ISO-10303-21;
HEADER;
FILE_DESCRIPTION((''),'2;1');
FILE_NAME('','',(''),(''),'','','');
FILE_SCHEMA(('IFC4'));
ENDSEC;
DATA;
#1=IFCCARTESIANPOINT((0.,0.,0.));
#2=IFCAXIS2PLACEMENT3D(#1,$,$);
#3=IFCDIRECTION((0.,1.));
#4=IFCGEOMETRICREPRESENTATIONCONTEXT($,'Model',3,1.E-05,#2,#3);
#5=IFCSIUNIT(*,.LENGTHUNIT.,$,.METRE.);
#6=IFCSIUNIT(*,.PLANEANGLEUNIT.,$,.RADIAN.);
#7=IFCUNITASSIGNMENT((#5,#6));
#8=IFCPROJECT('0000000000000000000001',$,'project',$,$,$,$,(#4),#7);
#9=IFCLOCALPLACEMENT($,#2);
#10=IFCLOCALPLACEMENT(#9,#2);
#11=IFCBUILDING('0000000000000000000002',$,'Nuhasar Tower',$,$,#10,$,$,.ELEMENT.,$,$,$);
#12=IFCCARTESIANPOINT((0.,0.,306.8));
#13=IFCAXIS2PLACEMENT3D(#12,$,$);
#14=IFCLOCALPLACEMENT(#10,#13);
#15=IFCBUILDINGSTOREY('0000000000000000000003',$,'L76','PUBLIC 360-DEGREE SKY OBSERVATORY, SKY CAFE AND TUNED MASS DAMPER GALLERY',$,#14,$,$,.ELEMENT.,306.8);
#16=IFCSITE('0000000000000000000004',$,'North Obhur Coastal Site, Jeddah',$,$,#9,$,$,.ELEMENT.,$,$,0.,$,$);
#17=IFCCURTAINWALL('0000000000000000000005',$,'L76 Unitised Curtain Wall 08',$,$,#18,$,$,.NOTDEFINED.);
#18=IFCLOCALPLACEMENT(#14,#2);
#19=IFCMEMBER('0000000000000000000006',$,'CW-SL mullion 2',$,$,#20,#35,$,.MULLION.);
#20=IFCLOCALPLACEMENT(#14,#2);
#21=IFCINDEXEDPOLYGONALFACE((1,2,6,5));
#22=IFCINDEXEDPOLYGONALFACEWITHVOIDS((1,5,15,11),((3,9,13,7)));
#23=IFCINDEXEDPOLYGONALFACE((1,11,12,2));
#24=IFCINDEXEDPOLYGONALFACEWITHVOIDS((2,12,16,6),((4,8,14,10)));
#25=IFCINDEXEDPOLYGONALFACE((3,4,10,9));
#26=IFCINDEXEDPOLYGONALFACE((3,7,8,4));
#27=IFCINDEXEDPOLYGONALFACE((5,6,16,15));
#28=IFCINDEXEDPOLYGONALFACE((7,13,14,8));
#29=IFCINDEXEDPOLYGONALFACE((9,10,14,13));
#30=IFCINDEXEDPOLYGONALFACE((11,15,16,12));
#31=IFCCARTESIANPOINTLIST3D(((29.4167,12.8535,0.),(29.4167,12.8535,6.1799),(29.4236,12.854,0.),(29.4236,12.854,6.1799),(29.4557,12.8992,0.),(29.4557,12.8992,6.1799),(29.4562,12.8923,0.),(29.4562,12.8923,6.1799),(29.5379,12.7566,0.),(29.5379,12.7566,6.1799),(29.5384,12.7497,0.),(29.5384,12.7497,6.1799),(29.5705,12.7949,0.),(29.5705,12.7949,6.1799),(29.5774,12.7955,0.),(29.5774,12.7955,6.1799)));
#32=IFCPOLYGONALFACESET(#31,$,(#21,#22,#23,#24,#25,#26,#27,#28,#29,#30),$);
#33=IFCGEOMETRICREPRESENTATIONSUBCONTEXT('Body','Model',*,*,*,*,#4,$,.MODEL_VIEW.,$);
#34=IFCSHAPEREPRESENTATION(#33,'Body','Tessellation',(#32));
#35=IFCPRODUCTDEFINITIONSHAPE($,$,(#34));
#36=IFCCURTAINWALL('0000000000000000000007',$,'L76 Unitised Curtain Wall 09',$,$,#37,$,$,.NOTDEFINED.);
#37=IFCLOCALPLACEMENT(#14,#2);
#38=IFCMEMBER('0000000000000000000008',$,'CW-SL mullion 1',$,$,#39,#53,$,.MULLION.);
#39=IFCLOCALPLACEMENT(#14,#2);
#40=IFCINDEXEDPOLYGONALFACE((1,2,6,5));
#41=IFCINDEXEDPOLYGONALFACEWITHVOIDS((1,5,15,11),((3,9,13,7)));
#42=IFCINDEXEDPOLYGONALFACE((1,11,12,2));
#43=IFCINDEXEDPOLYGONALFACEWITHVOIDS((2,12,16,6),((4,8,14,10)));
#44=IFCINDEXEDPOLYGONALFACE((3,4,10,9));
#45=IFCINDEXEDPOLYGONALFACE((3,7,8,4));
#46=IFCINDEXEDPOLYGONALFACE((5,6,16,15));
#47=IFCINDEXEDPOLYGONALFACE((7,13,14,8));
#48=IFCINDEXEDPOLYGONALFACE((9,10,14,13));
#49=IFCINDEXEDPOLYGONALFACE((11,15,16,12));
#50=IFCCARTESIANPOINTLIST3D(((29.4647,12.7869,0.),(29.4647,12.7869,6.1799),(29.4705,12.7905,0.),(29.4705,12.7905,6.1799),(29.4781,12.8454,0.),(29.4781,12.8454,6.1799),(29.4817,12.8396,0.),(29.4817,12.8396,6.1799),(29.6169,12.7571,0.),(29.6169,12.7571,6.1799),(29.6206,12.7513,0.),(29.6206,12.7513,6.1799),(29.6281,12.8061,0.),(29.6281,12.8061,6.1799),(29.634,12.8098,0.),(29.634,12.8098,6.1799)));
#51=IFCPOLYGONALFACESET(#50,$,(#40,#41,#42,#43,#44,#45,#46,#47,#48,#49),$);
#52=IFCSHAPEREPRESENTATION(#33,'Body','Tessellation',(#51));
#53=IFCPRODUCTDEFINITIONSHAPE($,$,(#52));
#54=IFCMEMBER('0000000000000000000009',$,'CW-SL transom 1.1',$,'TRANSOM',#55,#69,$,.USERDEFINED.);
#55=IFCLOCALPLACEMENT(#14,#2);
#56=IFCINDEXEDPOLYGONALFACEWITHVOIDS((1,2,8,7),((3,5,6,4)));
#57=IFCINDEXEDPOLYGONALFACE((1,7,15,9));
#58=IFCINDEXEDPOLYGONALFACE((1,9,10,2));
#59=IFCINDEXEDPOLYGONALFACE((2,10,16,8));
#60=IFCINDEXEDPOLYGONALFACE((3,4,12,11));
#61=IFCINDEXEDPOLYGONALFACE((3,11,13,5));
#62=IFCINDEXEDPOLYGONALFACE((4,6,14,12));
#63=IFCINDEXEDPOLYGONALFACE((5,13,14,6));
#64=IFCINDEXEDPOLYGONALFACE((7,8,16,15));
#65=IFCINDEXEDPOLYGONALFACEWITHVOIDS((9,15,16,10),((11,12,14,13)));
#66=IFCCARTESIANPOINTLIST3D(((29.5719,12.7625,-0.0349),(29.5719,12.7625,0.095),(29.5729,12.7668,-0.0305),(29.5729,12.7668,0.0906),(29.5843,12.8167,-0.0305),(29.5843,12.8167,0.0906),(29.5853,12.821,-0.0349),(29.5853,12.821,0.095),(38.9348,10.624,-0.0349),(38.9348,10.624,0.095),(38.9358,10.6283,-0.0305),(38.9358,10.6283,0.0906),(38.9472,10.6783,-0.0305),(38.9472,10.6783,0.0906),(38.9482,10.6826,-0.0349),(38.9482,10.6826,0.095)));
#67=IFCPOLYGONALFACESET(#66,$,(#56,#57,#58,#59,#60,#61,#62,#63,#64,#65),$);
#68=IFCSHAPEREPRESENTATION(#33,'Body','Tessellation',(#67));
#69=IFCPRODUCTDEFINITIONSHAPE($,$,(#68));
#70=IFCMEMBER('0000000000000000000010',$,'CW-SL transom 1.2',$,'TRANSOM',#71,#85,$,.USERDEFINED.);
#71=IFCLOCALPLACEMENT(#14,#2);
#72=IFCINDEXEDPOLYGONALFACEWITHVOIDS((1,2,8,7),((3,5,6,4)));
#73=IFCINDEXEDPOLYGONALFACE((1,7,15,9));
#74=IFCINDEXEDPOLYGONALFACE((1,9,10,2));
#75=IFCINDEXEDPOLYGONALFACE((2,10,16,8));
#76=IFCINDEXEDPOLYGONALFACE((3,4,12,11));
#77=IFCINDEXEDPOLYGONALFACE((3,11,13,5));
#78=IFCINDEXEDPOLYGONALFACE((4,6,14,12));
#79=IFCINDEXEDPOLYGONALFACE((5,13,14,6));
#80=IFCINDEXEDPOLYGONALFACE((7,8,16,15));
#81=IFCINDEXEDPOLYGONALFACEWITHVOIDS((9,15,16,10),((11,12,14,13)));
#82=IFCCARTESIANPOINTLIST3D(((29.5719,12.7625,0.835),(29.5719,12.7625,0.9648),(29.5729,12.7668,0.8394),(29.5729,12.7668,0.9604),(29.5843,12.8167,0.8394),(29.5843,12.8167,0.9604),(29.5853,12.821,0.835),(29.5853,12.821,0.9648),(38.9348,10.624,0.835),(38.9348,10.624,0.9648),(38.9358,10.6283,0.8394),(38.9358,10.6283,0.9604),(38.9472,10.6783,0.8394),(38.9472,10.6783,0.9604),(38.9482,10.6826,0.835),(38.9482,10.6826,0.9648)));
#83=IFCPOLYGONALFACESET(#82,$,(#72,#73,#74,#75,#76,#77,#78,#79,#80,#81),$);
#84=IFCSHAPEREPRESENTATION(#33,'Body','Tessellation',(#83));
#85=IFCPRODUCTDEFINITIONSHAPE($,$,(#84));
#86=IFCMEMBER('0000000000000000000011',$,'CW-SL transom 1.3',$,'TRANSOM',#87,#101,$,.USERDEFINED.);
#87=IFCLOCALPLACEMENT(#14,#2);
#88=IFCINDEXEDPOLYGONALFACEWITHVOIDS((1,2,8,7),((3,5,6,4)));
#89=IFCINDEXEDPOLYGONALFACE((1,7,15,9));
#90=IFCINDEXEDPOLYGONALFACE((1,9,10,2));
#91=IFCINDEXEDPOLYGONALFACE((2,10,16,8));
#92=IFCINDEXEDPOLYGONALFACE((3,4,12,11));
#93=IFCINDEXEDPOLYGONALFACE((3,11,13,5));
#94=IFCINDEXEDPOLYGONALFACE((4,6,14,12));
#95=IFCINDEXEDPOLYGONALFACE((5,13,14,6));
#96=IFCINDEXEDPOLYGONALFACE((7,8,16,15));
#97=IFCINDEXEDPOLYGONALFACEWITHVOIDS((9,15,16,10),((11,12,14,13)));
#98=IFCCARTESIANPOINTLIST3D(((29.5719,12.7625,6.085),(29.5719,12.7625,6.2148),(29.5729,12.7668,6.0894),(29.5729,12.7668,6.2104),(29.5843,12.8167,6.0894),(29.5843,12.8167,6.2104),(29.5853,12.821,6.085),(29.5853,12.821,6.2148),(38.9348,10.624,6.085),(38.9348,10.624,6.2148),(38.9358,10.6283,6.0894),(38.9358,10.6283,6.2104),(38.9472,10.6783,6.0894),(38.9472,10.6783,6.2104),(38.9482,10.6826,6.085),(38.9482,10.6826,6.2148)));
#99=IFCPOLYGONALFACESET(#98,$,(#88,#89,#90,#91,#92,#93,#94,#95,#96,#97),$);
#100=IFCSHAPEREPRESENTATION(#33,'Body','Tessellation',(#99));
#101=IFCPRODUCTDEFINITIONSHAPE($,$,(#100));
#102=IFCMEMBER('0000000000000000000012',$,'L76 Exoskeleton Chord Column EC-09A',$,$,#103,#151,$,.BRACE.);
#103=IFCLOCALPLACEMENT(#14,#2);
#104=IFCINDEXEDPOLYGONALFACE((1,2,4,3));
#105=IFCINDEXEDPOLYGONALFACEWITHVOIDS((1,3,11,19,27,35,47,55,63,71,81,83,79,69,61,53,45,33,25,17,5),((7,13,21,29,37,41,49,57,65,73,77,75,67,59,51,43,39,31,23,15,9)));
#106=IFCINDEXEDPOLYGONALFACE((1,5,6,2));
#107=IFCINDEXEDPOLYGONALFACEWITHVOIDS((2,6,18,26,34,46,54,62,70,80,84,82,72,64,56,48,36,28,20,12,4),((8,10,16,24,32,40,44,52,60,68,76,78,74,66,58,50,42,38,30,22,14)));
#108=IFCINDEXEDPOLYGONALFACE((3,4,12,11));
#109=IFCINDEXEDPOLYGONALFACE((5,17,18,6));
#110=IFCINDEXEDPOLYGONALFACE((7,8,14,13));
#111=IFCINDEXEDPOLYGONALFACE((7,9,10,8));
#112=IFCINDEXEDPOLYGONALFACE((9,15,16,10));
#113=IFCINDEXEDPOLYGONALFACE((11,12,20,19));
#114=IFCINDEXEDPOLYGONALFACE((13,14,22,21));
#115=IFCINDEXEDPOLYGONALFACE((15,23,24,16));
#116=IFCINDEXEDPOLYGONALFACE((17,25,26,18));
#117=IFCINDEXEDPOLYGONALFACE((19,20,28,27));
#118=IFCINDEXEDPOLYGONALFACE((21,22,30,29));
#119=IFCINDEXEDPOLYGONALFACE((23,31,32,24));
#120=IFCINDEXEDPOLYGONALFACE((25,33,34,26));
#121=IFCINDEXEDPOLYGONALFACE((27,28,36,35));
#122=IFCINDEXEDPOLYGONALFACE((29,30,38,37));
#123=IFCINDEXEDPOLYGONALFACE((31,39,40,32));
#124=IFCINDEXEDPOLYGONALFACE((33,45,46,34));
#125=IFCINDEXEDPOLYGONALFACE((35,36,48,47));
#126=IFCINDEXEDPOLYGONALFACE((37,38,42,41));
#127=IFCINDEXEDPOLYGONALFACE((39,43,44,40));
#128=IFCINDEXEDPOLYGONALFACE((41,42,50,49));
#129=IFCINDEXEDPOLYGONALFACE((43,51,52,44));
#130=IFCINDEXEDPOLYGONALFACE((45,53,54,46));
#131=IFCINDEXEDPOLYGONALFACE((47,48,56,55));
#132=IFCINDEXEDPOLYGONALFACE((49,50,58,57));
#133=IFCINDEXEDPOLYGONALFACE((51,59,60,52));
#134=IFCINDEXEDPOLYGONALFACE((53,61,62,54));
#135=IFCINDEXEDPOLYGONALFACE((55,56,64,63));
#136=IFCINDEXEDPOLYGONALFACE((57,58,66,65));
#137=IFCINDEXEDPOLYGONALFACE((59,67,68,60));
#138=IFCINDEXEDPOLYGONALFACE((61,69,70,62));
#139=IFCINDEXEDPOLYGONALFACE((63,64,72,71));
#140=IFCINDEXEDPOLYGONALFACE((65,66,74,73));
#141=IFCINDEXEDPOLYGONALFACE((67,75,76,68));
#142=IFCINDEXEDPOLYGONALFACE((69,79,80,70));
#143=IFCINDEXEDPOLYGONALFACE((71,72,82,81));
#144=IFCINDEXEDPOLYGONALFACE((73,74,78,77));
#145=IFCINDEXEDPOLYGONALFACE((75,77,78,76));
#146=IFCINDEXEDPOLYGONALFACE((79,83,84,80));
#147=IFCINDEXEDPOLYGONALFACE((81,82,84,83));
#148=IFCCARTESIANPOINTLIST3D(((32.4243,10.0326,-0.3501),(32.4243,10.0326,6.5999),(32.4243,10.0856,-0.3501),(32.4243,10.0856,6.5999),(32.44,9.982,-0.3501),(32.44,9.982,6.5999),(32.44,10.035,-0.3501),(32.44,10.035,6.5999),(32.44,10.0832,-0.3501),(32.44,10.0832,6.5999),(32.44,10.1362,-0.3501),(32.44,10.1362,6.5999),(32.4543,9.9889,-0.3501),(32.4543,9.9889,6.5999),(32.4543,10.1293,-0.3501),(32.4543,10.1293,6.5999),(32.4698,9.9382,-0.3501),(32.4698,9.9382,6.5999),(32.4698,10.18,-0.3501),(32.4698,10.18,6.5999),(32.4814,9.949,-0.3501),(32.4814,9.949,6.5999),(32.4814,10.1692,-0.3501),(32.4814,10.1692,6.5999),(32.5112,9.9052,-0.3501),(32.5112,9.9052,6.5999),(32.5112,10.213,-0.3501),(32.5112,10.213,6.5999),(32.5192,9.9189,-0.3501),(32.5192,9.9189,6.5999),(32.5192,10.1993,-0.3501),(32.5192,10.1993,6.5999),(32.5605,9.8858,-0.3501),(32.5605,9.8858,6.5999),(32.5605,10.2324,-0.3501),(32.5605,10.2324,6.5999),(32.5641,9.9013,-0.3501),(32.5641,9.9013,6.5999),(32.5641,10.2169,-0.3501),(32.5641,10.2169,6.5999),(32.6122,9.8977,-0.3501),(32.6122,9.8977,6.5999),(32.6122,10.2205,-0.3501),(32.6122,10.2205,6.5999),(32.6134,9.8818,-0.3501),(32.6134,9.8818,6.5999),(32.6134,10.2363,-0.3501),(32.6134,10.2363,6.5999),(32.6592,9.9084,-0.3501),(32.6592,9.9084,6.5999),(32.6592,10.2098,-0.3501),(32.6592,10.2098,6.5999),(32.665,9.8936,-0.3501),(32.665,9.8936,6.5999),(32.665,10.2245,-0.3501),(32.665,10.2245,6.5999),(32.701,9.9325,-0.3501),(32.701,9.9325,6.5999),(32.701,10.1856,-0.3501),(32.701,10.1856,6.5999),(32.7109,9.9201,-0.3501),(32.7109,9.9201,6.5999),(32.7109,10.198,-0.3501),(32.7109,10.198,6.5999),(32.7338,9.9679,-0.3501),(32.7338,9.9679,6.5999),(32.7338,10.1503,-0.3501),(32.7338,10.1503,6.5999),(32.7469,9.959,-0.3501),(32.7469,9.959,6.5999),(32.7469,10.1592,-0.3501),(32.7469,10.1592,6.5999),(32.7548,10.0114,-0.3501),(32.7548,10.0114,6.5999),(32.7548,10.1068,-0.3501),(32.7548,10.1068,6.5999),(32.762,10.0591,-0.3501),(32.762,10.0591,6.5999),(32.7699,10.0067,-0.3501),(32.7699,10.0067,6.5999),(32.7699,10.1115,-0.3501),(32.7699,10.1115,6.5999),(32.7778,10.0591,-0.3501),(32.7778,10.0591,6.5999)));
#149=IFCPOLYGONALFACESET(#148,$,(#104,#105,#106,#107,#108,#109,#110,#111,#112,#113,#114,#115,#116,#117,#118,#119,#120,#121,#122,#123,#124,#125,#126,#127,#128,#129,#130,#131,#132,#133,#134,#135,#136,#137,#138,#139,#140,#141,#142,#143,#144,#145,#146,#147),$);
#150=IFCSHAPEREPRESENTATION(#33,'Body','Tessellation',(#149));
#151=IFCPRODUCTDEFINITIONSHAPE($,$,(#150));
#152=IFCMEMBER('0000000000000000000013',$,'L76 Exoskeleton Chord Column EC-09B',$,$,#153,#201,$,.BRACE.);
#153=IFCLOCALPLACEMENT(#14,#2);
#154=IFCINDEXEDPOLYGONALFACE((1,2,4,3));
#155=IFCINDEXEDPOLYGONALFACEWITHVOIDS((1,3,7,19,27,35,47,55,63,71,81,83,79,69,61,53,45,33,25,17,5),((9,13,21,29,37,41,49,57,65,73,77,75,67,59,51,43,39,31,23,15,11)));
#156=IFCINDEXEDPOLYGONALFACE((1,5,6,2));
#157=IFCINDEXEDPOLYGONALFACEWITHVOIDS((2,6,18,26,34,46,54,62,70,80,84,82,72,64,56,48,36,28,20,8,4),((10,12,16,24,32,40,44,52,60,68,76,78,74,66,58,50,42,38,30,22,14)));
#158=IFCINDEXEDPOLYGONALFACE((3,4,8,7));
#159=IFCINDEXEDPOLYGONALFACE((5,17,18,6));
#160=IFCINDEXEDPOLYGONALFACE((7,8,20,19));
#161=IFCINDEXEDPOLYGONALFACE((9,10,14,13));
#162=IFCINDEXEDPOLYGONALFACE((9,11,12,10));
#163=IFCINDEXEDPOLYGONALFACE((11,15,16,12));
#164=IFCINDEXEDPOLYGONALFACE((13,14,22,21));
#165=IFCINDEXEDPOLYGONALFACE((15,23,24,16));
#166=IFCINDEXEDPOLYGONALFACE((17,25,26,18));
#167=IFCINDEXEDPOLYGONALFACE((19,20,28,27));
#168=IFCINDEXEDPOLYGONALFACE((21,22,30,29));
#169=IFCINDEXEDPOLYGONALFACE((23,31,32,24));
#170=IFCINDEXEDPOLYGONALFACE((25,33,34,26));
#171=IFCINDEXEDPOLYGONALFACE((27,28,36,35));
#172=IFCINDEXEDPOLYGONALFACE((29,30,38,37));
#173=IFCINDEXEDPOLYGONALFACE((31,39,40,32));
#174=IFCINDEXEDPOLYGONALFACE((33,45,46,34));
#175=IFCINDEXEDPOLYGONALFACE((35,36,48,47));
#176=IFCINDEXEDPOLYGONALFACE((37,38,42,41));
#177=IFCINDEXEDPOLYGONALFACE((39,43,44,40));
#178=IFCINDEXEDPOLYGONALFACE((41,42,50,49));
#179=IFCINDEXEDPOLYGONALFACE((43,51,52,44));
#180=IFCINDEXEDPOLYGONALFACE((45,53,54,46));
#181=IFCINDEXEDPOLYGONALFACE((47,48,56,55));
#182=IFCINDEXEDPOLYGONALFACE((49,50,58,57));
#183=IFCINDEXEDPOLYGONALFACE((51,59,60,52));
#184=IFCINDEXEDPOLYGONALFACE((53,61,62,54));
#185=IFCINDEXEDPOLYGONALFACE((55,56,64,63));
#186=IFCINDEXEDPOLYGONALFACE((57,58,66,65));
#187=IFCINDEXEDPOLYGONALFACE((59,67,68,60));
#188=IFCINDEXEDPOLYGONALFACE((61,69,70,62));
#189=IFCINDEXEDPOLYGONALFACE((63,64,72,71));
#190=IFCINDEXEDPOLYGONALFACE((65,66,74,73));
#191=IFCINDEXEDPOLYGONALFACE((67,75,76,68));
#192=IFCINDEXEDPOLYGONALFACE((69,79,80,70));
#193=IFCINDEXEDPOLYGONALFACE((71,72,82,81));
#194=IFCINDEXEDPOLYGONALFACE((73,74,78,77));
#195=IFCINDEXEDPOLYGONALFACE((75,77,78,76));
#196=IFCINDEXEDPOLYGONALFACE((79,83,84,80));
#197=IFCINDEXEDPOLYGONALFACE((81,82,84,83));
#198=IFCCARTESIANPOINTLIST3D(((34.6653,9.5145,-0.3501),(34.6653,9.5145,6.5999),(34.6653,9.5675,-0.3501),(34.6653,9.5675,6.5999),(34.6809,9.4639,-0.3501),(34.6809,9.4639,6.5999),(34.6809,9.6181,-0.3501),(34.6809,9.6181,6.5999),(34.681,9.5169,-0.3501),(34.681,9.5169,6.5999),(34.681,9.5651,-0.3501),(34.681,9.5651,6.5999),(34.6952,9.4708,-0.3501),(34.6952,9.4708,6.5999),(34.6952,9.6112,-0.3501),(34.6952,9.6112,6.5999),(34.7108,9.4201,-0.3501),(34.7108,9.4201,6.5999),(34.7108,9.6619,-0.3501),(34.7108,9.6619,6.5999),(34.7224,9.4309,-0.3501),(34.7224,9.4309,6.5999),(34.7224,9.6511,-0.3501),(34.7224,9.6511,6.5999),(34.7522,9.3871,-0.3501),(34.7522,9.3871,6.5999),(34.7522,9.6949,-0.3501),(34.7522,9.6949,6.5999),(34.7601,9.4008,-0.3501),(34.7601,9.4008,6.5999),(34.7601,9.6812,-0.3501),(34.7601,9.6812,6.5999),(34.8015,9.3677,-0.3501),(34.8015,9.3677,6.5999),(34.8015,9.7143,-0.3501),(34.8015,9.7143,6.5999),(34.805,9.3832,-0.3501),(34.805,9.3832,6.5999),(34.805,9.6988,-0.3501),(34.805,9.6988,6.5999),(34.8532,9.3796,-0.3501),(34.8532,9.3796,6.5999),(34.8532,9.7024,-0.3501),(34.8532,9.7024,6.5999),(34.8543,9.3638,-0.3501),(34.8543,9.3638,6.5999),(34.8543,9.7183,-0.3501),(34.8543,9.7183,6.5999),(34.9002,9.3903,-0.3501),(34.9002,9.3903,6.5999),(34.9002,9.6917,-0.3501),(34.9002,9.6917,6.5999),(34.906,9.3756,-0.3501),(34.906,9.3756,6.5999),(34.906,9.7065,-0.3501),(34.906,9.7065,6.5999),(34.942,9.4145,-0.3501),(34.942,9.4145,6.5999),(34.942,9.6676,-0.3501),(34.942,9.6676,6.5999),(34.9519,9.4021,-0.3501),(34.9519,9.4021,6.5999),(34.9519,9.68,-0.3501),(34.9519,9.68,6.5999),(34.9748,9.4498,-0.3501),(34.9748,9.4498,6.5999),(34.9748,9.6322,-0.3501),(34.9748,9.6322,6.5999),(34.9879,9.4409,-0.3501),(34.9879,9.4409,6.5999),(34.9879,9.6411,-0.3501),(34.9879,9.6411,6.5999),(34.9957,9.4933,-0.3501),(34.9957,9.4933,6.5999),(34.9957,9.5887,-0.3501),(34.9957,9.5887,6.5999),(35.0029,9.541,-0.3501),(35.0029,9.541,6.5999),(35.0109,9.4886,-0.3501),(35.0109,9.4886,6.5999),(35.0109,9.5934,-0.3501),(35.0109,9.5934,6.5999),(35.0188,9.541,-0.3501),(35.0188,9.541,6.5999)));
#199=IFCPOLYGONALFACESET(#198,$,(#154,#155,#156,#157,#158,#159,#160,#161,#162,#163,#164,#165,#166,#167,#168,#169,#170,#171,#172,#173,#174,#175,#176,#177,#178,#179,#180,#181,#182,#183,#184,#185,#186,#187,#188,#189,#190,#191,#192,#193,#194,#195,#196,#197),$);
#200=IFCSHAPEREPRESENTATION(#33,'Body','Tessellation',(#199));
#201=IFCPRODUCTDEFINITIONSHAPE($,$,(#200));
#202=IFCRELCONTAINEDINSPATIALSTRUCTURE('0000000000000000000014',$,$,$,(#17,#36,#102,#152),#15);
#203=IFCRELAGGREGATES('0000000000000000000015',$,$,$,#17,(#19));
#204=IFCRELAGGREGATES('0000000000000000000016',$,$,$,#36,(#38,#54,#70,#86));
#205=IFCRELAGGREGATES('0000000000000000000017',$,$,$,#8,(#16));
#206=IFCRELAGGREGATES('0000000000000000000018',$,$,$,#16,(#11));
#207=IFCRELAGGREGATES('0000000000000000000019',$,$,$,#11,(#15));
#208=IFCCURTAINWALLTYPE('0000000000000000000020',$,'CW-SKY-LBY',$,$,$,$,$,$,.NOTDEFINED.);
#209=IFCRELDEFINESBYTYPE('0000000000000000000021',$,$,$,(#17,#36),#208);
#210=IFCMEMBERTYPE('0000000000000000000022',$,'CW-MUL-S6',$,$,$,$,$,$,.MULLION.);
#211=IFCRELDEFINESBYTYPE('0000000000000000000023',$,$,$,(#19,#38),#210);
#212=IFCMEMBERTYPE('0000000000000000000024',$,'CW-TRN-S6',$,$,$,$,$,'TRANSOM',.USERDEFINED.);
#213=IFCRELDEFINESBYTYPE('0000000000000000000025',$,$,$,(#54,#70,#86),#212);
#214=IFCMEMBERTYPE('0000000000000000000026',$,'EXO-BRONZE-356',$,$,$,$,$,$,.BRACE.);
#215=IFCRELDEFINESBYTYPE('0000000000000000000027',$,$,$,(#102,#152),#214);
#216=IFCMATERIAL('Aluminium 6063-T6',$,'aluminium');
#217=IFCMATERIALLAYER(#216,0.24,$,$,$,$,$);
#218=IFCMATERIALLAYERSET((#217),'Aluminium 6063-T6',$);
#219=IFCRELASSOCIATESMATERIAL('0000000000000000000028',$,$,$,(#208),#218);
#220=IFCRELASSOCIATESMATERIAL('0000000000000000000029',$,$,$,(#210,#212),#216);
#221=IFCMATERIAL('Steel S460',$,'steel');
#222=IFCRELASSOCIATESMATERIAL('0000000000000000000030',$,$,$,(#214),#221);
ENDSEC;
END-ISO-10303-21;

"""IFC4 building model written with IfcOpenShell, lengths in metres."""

from ifc_helpers import new_model, si_unit, direction, frame, origin, origin_2d, place, context, subcontext, project, spatial, hollow_rectangle, hollow_circle, extrude, material, layer, layer_set, material_profile, profile_set, type_object, element, aggregate, save


model = new_model("IFC4")

# Units and contexts
model_context = context("Model", 3, precision=1e-05, world=origin(), true_north=direction((0.0, 1.0)))
body_context = subcontext(model_context, "Body", "Model", "MODEL_VIEW")
ifc_project = project(units=[si_unit("LENGTHUNIT", "METRE"), si_unit("PLANEANGLEUNIT", "RADIAN")], contexts=[model_context])

# Site, building, storey
site_placement = place(None, origin())
site = spatial("IfcSite", under=ifc_project, at=site_placement, Name="North Obhur Coastal Site, Jeddah", CompositionType="ELEMENT", RefElevation=0.0)
building_placement = place(site_placement, origin())
building = spatial("IfcBuilding", under=site, at=building_placement, Name="Nuhasar Tower", CompositionType="ELEMENT")
storey_placement = place(building_placement, frame((0.0, 0.0, 306.8)))
storey = spatial("IfcBuildingStorey", under=building, at=storey_placement, Name="L76", Description="PUBLIC 360-DEGREE SKY OBSERVATORY, SKY CAFE AND TUNED MASS DAMPER GALLERY", CompositionType="ELEMENT", Elevation=306.8)

# Shared definitions
ifc_material_1 = material(Name="Steel S460", Category="steel")

# Curtain wall, member
ifc_material_2 = material(Name="Aluminium 6063-T6", Category="aluminium")
ifc_layer_1 = layer(ifc_material_2, 0.24)
ifc_layer_set_1 = layer_set([ifc_layer_1], Name="Aluminium 6063-T6")
curtain_wall_type = type_object("IfcCurtainWallType", Name="CW-SKY-LBY", PredefinedType="NOTDEFINED", material=ifc_layer_set_1)
curtain_wall_1_placement = place(storey_placement, origin())
curtain_wall_1 = element("IfcCurtainWall", 1, at=curtain_wall_1_placement, inside=storey, type_object=curtain_wall_type, Name="L76 Unitised Curtain Wall 08", PredefinedType="NOTDEFINED")
ifc_material_profile_1 = material_profile(ifc_material_2, hollow_rectangle(XDim=0.0601, YDim=0.1599, WallThickness=0.0049, at=origin_2d()), Name="CWM-6")
ifc_profile_set_1 = profile_set([ifc_material_profile_1], Name="Aluminium 6063-T6")
member_type_1 = type_object("IfcMemberType", Name="CW-MUL-S6", PredefinedType="MULLION", material=ifc_profile_set_1)
member_1_placement = place(storey_placement, frame((29.4971, 12.8245, 0.0), z_axis=(0.0, 0.0, 1.0), x_axis=(0.648666, 0.761073, 0.0)))
member_1 = element("IfcMember", 2, at=member_1_placement, type_object=member_type_1, Name="CW-SL mullion 2", PredefinedType="MULLION", context=body_context, shape_type="SweptSolid", body=[
    extrude(hollow_rectangle(XDim=0.0601, YDim=0.1599, WallThickness=0.0049, at=origin_2d()), origin(), (0.0, 0.0, 1.0), 6.1799),
])
aggregate(curtain_wall_1, [member_1])

# Curtain wall, members
curtain_wall_2_placement = place(storey_placement, origin())
curtain_wall_2 = element("IfcCurtainWall", 3, at=curtain_wall_2_placement, inside=storey, type_object=curtain_wall_type, Name="L76 Unitised Curtain Wall 09", PredefinedType="NOTDEFINED")
member_2_placement = place(storey_placement, frame((29.5493, 12.7983, 0.0), z_axis=(0.0, 0.0, 1.0), x_axis=(0.222643, 0.9749, 0.0)))
member_2 = element("IfcMember", 4, at=member_2_placement, type_object=member_type_1, Name="CW-SL mullion 1", PredefinedType="MULLION", context=body_context, shape_type="SweptSolid", body=[
    extrude(hollow_rectangle(XDim=0.0601, YDim=0.1599, WallThickness=0.0049, at=origin_2d()), origin(), (0.0, 0.0, 1.0), 6.1799),
])
ifc_material_profile_2 = material_profile(ifc_material_2, hollow_rectangle(XDim=0.0601, YDim=0.1299, WallThickness=0.0044, at=origin_2d()), Name="CWT-6")
ifc_profile_set_2 = profile_set([ifc_material_profile_2], Name="Aluminium 6063-T6")
member_type_2 = type_object("IfcMemberType", Name="CW-TRN-S6", ElementType="TRANSOM", PredefinedType="USERDEFINED", material=ifc_profile_set_2)
member_3_placement = place(storey_placement, frame((29.5786, 12.7917, 0.03), z_axis=(0.974896, -0.222663, 0.0), x_axis=(0.222663, 0.974896, 0.0)))
member_3 = element("IfcMember", 5, at=member_3_placement, type_object=member_type_2, Name="CW-SL transom 1.1", ObjectType="TRANSOM", PredefinedType="USERDEFINED", context=body_context, shape_type="SweptSolid", body=[
    extrude(hollow_rectangle(XDim=0.0601, YDim=0.1299, WallThickness=0.0044, at=origin_2d()), origin(), (0.0, 0.0, 1.0), 9.604),
])
member_4_placement = place(storey_placement, frame((29.5786, 12.7917, 0.8999), z_axis=(0.974896, -0.222663, 0.0), x_axis=(0.222663, 0.974896, 0.0)))
member_4 = element("IfcMember", 6, at=member_4_placement, type_object=member_type_2, Name="CW-SL transom 1.2", ObjectType="TRANSOM", PredefinedType="USERDEFINED", context=body_context, shape_type="SweptSolid", body=[
    extrude(hollow_rectangle(XDim=0.0601, YDim=0.1299, WallThickness=0.0044, at=origin_2d()), origin(), (0.0, 0.0, 1.0), 9.604),
])
member_5_placement = place(storey_placement, frame((29.5786, 12.7917, 6.1499), z_axis=(0.974896, -0.222663, 0.0), x_axis=(0.222663, 0.974896, 0.0)))
member_5 = element("IfcMember", 7, at=member_5_placement, type_object=member_type_2, Name="CW-SL transom 1.3", ObjectType="TRANSOM", PredefinedType="USERDEFINED", context=body_context, shape_type="SweptSolid", body=[
    extrude(hollow_rectangle(XDim=0.0601, YDim=0.1299, WallThickness=0.0044, at=origin_2d()), origin(), (0.0, 0.0, 1.0), 9.604),
])

# Members
ifc_material_profile_3 = material_profile(ifc_material_1, hollow_circle(Radius=0.1777, WallThickness=0.0159, at=origin_2d()), Name="HSS355.6X15.9")
ifc_profile_set_3 = profile_set([ifc_material_profile_3], Name="Steel S460")
member_type_3 = type_object("IfcMemberType", Name="EXO-BRONZE-356", PredefinedType="BRACE", material=ifc_profile_set_3)
for number, where, z_axis, x_axis, name in (
    (8, (32.6001, 10.0591, -0.3501), (0.0, 0.0, 1.0), (1.0, 0.0, 0.0), "L76 Exoskeleton Chord Column EC-09A"),
    (9, (34.8411, 9.541, -0.3501), (0.0, 0.0, 1.0), (1.0, 0.0, 0.0), "L76 Exoskeleton Chord Column EC-09B"),
):
    element("IfcMember", number, at=place(storey_placement, frame(where, z_axis=z_axis, x_axis=x_axis)), inside=storey, type_object=member_type_3, Name=name, PredefinedType="BRACE", context=body_context, shape_type="SweptSolid", body=[
        extrude(hollow_circle(Radius=0.1777, WallThickness=0.0159, at=origin_2d()), origin(), (0.0, 0.0, 1.0), 6.95),
    ])

aggregate(curtain_wall_2, [member_2, member_3, member_4, member_5])

save(model, "model.ifc")
